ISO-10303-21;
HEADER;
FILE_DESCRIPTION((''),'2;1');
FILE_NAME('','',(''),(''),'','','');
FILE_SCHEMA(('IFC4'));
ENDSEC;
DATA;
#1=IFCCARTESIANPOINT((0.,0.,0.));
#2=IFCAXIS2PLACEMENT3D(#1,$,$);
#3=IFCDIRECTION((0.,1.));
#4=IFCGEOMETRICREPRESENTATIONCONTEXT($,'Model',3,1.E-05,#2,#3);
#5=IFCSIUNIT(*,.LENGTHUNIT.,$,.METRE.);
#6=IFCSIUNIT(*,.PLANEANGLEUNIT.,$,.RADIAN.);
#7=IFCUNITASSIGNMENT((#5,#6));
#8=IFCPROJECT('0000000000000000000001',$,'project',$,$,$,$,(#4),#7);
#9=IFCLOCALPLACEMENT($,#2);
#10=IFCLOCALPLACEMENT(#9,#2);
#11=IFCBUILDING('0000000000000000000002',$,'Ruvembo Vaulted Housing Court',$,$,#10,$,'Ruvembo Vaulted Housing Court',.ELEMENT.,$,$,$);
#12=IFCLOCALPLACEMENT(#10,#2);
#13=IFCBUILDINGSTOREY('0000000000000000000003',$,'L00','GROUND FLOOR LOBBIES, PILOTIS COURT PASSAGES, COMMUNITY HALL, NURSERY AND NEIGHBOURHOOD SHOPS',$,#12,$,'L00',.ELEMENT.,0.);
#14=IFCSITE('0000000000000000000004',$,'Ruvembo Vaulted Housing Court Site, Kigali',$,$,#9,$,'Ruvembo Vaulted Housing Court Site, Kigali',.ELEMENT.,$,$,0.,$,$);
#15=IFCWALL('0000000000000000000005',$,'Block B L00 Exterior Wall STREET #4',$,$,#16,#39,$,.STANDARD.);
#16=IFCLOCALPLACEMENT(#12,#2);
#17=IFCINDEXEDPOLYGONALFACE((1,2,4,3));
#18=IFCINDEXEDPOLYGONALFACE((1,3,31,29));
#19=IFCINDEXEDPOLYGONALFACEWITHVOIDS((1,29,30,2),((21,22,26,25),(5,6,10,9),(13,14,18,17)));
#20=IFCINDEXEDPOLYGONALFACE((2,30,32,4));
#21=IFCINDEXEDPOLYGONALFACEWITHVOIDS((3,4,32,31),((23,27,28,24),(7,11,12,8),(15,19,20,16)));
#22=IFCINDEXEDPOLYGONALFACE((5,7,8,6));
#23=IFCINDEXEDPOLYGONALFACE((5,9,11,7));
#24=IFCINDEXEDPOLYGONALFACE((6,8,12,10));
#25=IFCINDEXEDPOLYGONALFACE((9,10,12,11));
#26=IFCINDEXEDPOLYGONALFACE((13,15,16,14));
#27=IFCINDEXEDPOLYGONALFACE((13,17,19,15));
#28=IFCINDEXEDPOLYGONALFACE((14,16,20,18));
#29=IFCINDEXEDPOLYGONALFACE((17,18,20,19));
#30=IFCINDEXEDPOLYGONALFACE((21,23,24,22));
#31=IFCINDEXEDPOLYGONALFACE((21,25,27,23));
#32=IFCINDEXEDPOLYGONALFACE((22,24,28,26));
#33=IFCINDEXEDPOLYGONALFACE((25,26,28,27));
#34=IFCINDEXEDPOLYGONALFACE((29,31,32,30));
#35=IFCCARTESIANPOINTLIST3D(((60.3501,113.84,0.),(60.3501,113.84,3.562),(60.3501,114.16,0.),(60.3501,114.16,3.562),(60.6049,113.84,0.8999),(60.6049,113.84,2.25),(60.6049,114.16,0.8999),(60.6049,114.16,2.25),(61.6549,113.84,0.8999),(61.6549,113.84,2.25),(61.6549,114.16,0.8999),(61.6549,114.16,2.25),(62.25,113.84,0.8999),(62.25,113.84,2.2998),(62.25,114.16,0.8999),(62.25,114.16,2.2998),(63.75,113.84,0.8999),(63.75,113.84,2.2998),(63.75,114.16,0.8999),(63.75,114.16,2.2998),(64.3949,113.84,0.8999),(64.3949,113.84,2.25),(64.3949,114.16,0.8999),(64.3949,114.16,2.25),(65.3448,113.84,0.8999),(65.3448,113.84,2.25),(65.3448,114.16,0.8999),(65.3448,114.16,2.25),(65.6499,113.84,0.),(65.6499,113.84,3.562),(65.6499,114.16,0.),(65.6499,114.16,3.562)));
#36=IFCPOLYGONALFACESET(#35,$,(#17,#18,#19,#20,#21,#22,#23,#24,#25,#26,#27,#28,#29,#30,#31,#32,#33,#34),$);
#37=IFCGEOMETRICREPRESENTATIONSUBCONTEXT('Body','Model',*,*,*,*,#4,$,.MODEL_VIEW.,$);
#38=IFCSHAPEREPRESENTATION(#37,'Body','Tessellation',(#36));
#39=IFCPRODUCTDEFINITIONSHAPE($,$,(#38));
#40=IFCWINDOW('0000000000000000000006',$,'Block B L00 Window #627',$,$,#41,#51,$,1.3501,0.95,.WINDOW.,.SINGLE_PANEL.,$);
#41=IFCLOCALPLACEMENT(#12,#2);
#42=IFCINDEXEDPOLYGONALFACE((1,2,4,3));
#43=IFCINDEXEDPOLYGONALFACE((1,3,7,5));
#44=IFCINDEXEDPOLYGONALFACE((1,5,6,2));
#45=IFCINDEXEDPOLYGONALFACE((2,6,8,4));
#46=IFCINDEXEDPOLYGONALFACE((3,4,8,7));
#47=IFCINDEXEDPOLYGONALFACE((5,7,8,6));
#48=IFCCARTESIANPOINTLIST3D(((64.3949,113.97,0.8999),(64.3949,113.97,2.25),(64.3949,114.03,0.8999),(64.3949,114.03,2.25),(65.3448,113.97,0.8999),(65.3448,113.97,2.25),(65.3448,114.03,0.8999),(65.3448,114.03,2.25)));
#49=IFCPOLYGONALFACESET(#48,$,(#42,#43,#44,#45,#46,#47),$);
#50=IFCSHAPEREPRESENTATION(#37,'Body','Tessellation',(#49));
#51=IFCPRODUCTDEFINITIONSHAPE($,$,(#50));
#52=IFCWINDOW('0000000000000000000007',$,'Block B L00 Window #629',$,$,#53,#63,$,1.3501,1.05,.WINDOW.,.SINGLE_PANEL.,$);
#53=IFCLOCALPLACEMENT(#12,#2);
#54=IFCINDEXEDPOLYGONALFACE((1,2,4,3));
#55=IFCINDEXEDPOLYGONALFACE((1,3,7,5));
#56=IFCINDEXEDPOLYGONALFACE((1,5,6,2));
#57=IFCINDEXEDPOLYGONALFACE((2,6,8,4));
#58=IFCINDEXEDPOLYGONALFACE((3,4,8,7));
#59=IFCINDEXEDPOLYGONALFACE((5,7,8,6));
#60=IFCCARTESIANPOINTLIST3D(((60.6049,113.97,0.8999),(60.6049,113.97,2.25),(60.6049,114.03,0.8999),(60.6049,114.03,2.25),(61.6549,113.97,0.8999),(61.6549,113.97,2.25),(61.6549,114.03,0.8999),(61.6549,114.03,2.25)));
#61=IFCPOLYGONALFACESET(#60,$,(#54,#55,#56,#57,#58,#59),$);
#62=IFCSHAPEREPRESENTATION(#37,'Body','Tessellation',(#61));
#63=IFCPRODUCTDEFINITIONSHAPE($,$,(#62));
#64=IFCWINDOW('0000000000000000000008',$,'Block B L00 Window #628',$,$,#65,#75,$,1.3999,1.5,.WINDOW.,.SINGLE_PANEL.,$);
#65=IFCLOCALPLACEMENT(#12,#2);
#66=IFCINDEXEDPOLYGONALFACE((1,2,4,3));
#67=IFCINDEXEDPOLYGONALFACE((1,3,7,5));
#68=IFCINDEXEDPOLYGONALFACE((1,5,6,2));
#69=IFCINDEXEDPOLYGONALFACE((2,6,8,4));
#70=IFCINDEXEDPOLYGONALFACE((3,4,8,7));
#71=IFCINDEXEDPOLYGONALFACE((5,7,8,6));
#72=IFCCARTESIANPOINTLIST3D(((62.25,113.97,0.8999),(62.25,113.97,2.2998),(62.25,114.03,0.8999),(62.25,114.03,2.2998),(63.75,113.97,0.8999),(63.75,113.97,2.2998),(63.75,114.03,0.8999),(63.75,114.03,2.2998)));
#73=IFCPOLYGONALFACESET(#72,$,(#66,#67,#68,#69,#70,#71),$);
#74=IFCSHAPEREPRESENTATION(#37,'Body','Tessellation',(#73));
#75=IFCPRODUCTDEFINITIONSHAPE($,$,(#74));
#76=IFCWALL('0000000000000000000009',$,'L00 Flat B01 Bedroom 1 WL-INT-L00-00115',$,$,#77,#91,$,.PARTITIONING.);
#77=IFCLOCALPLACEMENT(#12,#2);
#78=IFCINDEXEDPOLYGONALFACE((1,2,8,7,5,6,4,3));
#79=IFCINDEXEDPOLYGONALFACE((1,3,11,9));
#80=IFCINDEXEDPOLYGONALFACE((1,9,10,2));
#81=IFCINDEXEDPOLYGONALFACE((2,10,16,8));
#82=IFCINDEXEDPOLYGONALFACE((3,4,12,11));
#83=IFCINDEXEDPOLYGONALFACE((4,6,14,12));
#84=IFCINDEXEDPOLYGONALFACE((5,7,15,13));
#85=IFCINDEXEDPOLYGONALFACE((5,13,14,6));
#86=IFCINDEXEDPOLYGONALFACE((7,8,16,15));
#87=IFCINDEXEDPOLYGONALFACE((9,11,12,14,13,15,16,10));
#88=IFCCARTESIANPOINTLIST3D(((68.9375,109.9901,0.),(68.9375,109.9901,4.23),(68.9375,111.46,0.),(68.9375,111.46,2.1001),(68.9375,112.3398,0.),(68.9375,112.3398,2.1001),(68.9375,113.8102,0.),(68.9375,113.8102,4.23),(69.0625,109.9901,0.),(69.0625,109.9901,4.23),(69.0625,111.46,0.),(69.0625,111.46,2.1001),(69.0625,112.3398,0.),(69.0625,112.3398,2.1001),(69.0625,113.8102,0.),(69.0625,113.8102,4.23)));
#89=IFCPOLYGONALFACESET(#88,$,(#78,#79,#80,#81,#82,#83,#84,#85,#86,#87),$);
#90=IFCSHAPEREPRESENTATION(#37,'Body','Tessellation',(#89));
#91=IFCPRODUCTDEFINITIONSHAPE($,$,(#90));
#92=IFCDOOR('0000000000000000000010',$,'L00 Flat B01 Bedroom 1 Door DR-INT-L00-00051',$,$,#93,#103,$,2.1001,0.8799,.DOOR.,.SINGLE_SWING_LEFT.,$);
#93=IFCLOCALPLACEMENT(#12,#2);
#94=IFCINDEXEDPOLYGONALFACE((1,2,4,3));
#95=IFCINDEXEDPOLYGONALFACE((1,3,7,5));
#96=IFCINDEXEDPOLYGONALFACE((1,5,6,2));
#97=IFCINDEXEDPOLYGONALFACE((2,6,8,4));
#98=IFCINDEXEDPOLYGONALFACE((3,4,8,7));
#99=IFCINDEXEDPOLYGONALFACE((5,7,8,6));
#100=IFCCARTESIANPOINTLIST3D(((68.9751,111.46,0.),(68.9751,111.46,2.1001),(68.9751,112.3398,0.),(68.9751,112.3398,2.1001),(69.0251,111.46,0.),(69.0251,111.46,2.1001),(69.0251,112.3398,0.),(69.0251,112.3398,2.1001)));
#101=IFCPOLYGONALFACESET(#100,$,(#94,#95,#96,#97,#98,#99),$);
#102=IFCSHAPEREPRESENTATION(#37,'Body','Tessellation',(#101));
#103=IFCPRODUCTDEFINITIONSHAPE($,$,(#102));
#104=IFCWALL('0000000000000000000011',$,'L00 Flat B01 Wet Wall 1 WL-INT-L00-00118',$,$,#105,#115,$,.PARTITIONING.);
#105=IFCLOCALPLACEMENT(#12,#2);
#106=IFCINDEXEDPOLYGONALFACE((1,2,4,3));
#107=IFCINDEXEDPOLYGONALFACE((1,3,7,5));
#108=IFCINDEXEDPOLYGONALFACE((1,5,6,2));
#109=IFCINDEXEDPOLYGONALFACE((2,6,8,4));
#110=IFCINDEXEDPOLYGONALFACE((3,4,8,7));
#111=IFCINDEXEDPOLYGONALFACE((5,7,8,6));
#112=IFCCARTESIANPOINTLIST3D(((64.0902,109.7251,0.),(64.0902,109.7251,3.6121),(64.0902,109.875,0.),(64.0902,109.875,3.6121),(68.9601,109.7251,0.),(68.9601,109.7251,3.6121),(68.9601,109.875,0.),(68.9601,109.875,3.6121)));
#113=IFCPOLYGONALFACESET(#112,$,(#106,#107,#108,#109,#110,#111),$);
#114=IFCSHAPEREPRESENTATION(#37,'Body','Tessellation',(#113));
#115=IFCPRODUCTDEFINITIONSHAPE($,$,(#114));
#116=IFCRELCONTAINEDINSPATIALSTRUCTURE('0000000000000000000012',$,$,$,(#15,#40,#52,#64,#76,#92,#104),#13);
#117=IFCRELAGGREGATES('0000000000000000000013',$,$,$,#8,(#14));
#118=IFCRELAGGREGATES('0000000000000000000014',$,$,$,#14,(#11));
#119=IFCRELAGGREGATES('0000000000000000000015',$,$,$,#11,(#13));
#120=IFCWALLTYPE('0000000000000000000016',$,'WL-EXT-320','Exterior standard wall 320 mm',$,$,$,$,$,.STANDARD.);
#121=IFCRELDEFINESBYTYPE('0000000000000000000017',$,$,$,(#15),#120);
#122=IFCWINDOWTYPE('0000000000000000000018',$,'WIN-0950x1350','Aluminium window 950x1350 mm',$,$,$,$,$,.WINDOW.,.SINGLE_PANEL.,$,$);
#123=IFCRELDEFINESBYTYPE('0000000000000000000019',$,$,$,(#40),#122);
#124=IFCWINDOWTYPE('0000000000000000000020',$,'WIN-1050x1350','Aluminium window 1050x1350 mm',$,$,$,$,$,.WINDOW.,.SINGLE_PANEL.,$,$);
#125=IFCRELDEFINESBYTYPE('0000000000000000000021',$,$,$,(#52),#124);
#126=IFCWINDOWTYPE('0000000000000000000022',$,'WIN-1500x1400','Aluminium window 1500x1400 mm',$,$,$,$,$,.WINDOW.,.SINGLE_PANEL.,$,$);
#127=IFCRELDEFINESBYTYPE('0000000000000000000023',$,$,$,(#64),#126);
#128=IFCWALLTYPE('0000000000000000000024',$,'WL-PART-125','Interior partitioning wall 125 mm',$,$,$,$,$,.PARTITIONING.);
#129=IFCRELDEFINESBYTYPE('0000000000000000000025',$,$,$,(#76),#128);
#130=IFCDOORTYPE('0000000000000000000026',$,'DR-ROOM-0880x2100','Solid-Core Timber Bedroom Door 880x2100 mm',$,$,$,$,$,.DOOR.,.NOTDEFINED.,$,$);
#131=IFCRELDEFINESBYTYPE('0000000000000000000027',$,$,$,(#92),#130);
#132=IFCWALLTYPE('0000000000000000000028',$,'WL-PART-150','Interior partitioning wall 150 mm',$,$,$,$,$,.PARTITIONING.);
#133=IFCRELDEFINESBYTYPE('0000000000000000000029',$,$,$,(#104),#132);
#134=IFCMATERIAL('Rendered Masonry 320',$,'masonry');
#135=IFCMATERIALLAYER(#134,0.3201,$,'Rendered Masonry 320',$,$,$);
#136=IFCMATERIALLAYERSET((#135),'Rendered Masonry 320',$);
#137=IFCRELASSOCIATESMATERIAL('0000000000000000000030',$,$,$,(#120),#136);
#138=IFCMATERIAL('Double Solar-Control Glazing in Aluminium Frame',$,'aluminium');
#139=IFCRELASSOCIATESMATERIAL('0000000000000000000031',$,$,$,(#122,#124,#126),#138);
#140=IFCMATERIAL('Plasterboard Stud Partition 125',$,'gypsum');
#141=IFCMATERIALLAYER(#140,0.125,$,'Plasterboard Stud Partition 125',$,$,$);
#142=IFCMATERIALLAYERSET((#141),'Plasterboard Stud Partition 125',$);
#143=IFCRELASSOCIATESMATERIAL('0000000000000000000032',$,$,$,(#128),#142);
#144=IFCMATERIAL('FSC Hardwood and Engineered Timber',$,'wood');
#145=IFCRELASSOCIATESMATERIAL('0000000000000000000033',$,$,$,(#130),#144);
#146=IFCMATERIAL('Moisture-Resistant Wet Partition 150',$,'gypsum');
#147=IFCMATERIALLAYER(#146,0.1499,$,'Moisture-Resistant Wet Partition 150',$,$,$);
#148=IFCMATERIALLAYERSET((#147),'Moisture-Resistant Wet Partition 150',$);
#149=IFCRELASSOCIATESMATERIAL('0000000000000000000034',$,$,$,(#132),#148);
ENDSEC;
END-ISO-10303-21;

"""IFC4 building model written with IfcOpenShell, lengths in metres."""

from ifc_helpers import new_model, si_unit, direction, frame, frame_2d, origin, place, context, subcontext, project, spatial, rectangle, extrude, material, layer, layer_set, type_object, element, fill, save


model = new_model("IFC4")

# Units and contexts
model_context = context("Model", 3, precision=1e-05, world=origin(), true_north=direction((0.0, 1.0)))
body_context = subcontext(model_context, "Body", "Model", "MODEL_VIEW")
ifc_project = project(units=[si_unit("LENGTHUNIT", "METRE"), si_unit("PLANEANGLEUNIT", "RADIAN")], contexts=[model_context])

# Site, building, storey
site_placement = place(None, origin())
site = spatial("IfcSite", under=ifc_project, at=site_placement, Name="Ruvembo Vaulted Housing Court Site, Kigali", LongName="Ruvembo Vaulted Housing Court Site, Kigali", CompositionType="ELEMENT", RefElevation=0.0)
building_placement = place(site_placement, origin())
building = spatial("IfcBuilding", under=site, at=building_placement, Name="Ruvembo Vaulted Housing Court", LongName="Ruvembo Vaulted Housing Court", CompositionType="ELEMENT")
storey_placement = place(building_placement, origin())
storey = spatial("IfcBuildingStorey", under=building, at=storey_placement, Name="L00", Description="GROUND FLOOR LOBBIES, PILOTIS COURT PASSAGES, COMMUNITY HALL, NURSERY AND NEIGHBOURHOOD SHOPS", LongName="L00", CompositionType="ELEMENT", Elevation=0.0)

# Shared definitions
ifc_material_1 = material(Name="Rendered Masonry 320", Category="masonry")
ifc_layer_1 = layer(ifc_material_1, 0.3201, Name="Rendered Masonry 320")
ifc_layer_set_1 = layer_set([ifc_layer_1], Name="Rendered Masonry 320")
wall_type_1 = type_object("IfcWallType", Name="WL-EXT-320", Description="Exterior standard wall 320 mm", PredefinedType="STANDARD", material=ifc_layer_set_1)

# Wall, openings, windows
wall_1_placement = place(storey_placement, frame((65.6499, 114.0, 0.0), z_axis=(0.0, 0.0, 1.0), x_axis=(-1.0, 0.0, 0.0)))
wall_1 = element("IfcWall", 1, at=wall_1_placement, inside=storey, type_object=wall_type_1, Name="Block B L00 Exterior Wall STREET #4", PredefinedType="STANDARD", context=body_context, shape_type="SweptSolid", body=[
    extrude(rectangle(XDim=5.2998, YDim=0.3201, at=frame_2d((2.6499, 0.0))), origin(), (0.0, 0.0, 1.0), 3.562),
])
opening_1_placement = place(wall_1_placement, frame((0.3049, 0.0, 0.8999)))
opening_1 = element("IfcOpeningElement", 2, at=opening_1_placement, cuts=wall_1, PredefinedType="OPENING", context=body_context, shape_type="SweptSolid", body=[
    extrude(rectangle(XDim=0.95, YDim=1.3501, at=frame_2d((0.4751, 0.675))), frame((0.0, 0.1699, 0.0), z_axis=(0.0, -1.0, 0.0), x_axis=(1.0, 0.0, 0.0)), (0.0, 0.0, 1.0), 0.3401),
])
opening_2_placement = place(wall_1_placement, frame((1.8999, 0.0, 0.8999)))
opening_2 = element("IfcOpeningElement", 3, at=opening_2_placement, cuts=wall_1, PredefinedType="OPENING", context=body_context, shape_type="SweptSolid", body=[
    extrude(rectangle(XDim=1.5, YDim=1.3999, at=frame_2d((0.75, 0.7))), frame((0.0, 0.1699, 0.0), z_axis=(0.0, -1.0, 0.0), x_axis=(1.0, 0.0, 0.0)), (0.0, 0.0, 1.0), 0.3401),
])
opening_3_placement = place(wall_1_placement, frame((3.9951, 0.0, 0.8999)))
opening_3 = element("IfcOpeningElement", 4, at=opening_3_placement, cuts=wall_1, PredefinedType="OPENING", context=body_context, shape_type="SweptSolid", body=[
    extrude(rectangle(XDim=1.05, YDim=1.3501, at=frame_2d((0.5249, 0.675))), frame((0.0, 0.1699, 0.0), z_axis=(0.0, -1.0, 0.0), x_axis=(1.0, 0.0, 0.0)), (0.0, 0.0, 1.0), 0.3401),
])
ifc_material_2 = material(Name="Double Solar-Control Glazing in Aluminium Frame", Category="aluminium")
window_type_1 = type_object("IfcWindowType", Name="WIN-0950x1350", Description="Aluminium window 950x1350 mm", PartitioningType="SINGLE_PANEL", PredefinedType="WINDOW", material=ifc_material_2)
window_1_placement = place(opening_1_placement, origin())
window_1 = element("IfcWindow", 5, at=window_1_placement, inside=storey, type_object=window_type_1, Name="Block B L00 Window #627", OverallHeight=1.3501, OverallWidth=0.95, PartitioningType="SINGLE_PANEL", PredefinedType="WINDOW", context=body_context, shape_type="SweptSolid", body=[
    extrude(rectangle(XDim=0.95, YDim=1.3501, at=frame_2d((0.4751, 0.675))), frame((0.0, 0.03, 0.0), z_axis=(0.0, -1.0, 0.0), x_axis=(1.0, 0.0, 0.0)), (0.0, 0.0, 1.0), 0.0601),
])
fill(opening_1, window_1)
window_type_2 = type_object("IfcWindowType", Name="WIN-1050x1350", Description="Aluminium window 1050x1350 mm", PartitioningType="SINGLE_PANEL", PredefinedType="WINDOW", material=ifc_material_2)
window_2_placement = place(opening_3_placement, origin())
window_2 = element("IfcWindow", 6, at=window_2_placement, inside=storey, type_object=window_type_2, Name="Block B L00 Window #629", OverallHeight=1.3501, OverallWidth=1.05, PartitioningType="SINGLE_PANEL", PredefinedType="WINDOW", context=body_context, shape_type="SweptSolid", body=[
    extrude(rectangle(XDim=1.05, YDim=1.3501, at=frame_2d((0.5249, 0.675))), frame((0.0, 0.03, 0.0), z_axis=(0.0, -1.0, 0.0), x_axis=(1.0, 0.0, 0.0)), (0.0, 0.0, 1.0), 0.0601),
])
fill(opening_3, window_2)
window_type_3 = type_object("IfcWindowType", Name="WIN-1500x1400", Description="Aluminium window 1500x1400 mm", PartitioningType="SINGLE_PANEL", PredefinedType="WINDOW", material=ifc_material_2)
window_3_placement = place(opening_2_placement, origin())
window_3 = element("IfcWindow", 7, at=window_3_placement, inside=storey, type_object=window_type_3, Name="Block B L00 Window #628", OverallHeight=1.3999, OverallWidth=1.5, PartitioningType="SINGLE_PANEL", PredefinedType="WINDOW", context=body_context, shape_type="SweptSolid", body=[
    extrude(rectangle(XDim=1.5, YDim=1.3999, at=frame_2d((0.75, 0.7))), frame((0.0, 0.03, 0.0), z_axis=(0.0, -1.0, 0.0), x_axis=(1.0, 0.0, 0.0)), (0.0, 0.0, 1.0), 0.0601),
])
fill(opening_2, window_3)

# Wall, opening, door
ifc_material_3 = material(Name="Plasterboard Stud Partition 125", Category="gypsum")
ifc_layer_2 = layer(ifc_material_3, 0.125, Name="Plasterboard Stud Partition 125")
ifc_layer_set_2 = layer_set([ifc_layer_2], Name="Plasterboard Stud Partition 125")
wall_type_2 = type_object("IfcWallType", Name="WL-PART-125", Description="Interior partitioning wall 125 mm", PredefinedType="PARTITIONING", material=ifc_layer_set_2)
wall_2_placement = place(storey_placement, frame((69.0, 109.99, 0.0), z_axis=(0.0, 0.0, 1.0), x_axis=(0.0, 1.0, 0.0)))
wall_2 = element("IfcWall", 8, at=wall_2_placement, inside=storey, type_object=wall_type_2, Name="L00 Flat B01 Bedroom 1 WL-INT-L00-00115", PredefinedType="PARTITIONING", context=body_context, shape_type="SweptSolid", body=[
    extrude(rectangle(XDim=3.8201, YDim=0.125, at=frame_2d((1.9102, 0.0))), origin(), (0.0, 0.0, 1.0), 4.23),
])
opening_4_placement = place(wall_2_placement, frame((1.47, 0.0, 0.0)))
opening_4 = element("IfcOpeningElement", 9, at=opening_4_placement, cuts=wall_2, PredefinedType="OPENING", context=body_context, shape_type="SweptSolid", body=[
    extrude(rectangle(XDim=0.8799, YDim=2.1001, at=frame_2d((0.4399, 1.05))), frame((0.0, 0.0725, 0.0), z_axis=(0.0, -1.0, 0.0), x_axis=(1.0, 0.0, 0.0)), (0.0, 0.0, 1.0), 0.145),
])
ifc_material_4 = material(Name="FSC Hardwood and Engineered Timber", Category="wood")
door_type_1 = type_object("IfcDoorType", Name="DR-ROOM-0880x2100", Description="Solid-Core Timber Bedroom Door 880x2100 mm", OperationType="NOTDEFINED", PredefinedType="DOOR", material=ifc_material_4)
door_1_placement = place(opening_4_placement, origin())
door_1 = element("IfcDoor", 10, at=door_1_placement, inside=storey, type_object=door_type_1, Name="L00 Flat B01 Bedroom 1 Door DR-INT-L00-00051", OperationType="SINGLE_SWING_LEFT", OverallHeight=2.1001, OverallWidth=0.8799, PredefinedType="DOOR", context=body_context, shape_type="SweptSolid", body=[
    extrude(rectangle(XDim=0.8799, YDim=2.1001, at=frame_2d((0.4399, 1.05))), frame((0.0, 0.0249, 0.0), z_axis=(0.0, -1.0, 0.0), x_axis=(1.0, 0.0, 0.0)), (0.0, 0.0, 1.0), 0.05),
])
fill(opening_4, door_1)

# Wall
ifc_material_5 = material(Name="Moisture-Resistant Wet Partition 150", Category="gypsum")
ifc_layer_3 = layer(ifc_material_5, 0.1499, Name="Moisture-Resistant Wet Partition 150")
ifc_layer_set_3 = layer_set([ifc_layer_3], Name="Moisture-Resistant Wet Partition 150")
wall_type_3 = type_object("IfcWallType", Name="WL-PART-150", Description="Interior partitioning wall 150 mm", PredefinedType="PARTITIONING", material=ifc_layer_set_3)
wall_3_placement = place(storey_placement, frame((64.0901, 109.8, 0.0), z_axis=(0.0, 0.0, 1.0), x_axis=(1.0, 0.0, 0.0)))
element("IfcWall", 11, at=wall_3_placement, inside=storey, type_object=wall_type_3, Name="L00 Flat B01 Wet Wall 1 WL-INT-L00-00118", PredefinedType="PARTITIONING", context=body_context, shape_type="SweptSolid", body=[
    extrude(rectangle(XDim=4.8699, YDim=0.1499, at=frame_2d((2.4351, 0.0))), origin(), (0.0, 0.0, 1.0), 3.6121),
])

save(model, "model.ifc")
